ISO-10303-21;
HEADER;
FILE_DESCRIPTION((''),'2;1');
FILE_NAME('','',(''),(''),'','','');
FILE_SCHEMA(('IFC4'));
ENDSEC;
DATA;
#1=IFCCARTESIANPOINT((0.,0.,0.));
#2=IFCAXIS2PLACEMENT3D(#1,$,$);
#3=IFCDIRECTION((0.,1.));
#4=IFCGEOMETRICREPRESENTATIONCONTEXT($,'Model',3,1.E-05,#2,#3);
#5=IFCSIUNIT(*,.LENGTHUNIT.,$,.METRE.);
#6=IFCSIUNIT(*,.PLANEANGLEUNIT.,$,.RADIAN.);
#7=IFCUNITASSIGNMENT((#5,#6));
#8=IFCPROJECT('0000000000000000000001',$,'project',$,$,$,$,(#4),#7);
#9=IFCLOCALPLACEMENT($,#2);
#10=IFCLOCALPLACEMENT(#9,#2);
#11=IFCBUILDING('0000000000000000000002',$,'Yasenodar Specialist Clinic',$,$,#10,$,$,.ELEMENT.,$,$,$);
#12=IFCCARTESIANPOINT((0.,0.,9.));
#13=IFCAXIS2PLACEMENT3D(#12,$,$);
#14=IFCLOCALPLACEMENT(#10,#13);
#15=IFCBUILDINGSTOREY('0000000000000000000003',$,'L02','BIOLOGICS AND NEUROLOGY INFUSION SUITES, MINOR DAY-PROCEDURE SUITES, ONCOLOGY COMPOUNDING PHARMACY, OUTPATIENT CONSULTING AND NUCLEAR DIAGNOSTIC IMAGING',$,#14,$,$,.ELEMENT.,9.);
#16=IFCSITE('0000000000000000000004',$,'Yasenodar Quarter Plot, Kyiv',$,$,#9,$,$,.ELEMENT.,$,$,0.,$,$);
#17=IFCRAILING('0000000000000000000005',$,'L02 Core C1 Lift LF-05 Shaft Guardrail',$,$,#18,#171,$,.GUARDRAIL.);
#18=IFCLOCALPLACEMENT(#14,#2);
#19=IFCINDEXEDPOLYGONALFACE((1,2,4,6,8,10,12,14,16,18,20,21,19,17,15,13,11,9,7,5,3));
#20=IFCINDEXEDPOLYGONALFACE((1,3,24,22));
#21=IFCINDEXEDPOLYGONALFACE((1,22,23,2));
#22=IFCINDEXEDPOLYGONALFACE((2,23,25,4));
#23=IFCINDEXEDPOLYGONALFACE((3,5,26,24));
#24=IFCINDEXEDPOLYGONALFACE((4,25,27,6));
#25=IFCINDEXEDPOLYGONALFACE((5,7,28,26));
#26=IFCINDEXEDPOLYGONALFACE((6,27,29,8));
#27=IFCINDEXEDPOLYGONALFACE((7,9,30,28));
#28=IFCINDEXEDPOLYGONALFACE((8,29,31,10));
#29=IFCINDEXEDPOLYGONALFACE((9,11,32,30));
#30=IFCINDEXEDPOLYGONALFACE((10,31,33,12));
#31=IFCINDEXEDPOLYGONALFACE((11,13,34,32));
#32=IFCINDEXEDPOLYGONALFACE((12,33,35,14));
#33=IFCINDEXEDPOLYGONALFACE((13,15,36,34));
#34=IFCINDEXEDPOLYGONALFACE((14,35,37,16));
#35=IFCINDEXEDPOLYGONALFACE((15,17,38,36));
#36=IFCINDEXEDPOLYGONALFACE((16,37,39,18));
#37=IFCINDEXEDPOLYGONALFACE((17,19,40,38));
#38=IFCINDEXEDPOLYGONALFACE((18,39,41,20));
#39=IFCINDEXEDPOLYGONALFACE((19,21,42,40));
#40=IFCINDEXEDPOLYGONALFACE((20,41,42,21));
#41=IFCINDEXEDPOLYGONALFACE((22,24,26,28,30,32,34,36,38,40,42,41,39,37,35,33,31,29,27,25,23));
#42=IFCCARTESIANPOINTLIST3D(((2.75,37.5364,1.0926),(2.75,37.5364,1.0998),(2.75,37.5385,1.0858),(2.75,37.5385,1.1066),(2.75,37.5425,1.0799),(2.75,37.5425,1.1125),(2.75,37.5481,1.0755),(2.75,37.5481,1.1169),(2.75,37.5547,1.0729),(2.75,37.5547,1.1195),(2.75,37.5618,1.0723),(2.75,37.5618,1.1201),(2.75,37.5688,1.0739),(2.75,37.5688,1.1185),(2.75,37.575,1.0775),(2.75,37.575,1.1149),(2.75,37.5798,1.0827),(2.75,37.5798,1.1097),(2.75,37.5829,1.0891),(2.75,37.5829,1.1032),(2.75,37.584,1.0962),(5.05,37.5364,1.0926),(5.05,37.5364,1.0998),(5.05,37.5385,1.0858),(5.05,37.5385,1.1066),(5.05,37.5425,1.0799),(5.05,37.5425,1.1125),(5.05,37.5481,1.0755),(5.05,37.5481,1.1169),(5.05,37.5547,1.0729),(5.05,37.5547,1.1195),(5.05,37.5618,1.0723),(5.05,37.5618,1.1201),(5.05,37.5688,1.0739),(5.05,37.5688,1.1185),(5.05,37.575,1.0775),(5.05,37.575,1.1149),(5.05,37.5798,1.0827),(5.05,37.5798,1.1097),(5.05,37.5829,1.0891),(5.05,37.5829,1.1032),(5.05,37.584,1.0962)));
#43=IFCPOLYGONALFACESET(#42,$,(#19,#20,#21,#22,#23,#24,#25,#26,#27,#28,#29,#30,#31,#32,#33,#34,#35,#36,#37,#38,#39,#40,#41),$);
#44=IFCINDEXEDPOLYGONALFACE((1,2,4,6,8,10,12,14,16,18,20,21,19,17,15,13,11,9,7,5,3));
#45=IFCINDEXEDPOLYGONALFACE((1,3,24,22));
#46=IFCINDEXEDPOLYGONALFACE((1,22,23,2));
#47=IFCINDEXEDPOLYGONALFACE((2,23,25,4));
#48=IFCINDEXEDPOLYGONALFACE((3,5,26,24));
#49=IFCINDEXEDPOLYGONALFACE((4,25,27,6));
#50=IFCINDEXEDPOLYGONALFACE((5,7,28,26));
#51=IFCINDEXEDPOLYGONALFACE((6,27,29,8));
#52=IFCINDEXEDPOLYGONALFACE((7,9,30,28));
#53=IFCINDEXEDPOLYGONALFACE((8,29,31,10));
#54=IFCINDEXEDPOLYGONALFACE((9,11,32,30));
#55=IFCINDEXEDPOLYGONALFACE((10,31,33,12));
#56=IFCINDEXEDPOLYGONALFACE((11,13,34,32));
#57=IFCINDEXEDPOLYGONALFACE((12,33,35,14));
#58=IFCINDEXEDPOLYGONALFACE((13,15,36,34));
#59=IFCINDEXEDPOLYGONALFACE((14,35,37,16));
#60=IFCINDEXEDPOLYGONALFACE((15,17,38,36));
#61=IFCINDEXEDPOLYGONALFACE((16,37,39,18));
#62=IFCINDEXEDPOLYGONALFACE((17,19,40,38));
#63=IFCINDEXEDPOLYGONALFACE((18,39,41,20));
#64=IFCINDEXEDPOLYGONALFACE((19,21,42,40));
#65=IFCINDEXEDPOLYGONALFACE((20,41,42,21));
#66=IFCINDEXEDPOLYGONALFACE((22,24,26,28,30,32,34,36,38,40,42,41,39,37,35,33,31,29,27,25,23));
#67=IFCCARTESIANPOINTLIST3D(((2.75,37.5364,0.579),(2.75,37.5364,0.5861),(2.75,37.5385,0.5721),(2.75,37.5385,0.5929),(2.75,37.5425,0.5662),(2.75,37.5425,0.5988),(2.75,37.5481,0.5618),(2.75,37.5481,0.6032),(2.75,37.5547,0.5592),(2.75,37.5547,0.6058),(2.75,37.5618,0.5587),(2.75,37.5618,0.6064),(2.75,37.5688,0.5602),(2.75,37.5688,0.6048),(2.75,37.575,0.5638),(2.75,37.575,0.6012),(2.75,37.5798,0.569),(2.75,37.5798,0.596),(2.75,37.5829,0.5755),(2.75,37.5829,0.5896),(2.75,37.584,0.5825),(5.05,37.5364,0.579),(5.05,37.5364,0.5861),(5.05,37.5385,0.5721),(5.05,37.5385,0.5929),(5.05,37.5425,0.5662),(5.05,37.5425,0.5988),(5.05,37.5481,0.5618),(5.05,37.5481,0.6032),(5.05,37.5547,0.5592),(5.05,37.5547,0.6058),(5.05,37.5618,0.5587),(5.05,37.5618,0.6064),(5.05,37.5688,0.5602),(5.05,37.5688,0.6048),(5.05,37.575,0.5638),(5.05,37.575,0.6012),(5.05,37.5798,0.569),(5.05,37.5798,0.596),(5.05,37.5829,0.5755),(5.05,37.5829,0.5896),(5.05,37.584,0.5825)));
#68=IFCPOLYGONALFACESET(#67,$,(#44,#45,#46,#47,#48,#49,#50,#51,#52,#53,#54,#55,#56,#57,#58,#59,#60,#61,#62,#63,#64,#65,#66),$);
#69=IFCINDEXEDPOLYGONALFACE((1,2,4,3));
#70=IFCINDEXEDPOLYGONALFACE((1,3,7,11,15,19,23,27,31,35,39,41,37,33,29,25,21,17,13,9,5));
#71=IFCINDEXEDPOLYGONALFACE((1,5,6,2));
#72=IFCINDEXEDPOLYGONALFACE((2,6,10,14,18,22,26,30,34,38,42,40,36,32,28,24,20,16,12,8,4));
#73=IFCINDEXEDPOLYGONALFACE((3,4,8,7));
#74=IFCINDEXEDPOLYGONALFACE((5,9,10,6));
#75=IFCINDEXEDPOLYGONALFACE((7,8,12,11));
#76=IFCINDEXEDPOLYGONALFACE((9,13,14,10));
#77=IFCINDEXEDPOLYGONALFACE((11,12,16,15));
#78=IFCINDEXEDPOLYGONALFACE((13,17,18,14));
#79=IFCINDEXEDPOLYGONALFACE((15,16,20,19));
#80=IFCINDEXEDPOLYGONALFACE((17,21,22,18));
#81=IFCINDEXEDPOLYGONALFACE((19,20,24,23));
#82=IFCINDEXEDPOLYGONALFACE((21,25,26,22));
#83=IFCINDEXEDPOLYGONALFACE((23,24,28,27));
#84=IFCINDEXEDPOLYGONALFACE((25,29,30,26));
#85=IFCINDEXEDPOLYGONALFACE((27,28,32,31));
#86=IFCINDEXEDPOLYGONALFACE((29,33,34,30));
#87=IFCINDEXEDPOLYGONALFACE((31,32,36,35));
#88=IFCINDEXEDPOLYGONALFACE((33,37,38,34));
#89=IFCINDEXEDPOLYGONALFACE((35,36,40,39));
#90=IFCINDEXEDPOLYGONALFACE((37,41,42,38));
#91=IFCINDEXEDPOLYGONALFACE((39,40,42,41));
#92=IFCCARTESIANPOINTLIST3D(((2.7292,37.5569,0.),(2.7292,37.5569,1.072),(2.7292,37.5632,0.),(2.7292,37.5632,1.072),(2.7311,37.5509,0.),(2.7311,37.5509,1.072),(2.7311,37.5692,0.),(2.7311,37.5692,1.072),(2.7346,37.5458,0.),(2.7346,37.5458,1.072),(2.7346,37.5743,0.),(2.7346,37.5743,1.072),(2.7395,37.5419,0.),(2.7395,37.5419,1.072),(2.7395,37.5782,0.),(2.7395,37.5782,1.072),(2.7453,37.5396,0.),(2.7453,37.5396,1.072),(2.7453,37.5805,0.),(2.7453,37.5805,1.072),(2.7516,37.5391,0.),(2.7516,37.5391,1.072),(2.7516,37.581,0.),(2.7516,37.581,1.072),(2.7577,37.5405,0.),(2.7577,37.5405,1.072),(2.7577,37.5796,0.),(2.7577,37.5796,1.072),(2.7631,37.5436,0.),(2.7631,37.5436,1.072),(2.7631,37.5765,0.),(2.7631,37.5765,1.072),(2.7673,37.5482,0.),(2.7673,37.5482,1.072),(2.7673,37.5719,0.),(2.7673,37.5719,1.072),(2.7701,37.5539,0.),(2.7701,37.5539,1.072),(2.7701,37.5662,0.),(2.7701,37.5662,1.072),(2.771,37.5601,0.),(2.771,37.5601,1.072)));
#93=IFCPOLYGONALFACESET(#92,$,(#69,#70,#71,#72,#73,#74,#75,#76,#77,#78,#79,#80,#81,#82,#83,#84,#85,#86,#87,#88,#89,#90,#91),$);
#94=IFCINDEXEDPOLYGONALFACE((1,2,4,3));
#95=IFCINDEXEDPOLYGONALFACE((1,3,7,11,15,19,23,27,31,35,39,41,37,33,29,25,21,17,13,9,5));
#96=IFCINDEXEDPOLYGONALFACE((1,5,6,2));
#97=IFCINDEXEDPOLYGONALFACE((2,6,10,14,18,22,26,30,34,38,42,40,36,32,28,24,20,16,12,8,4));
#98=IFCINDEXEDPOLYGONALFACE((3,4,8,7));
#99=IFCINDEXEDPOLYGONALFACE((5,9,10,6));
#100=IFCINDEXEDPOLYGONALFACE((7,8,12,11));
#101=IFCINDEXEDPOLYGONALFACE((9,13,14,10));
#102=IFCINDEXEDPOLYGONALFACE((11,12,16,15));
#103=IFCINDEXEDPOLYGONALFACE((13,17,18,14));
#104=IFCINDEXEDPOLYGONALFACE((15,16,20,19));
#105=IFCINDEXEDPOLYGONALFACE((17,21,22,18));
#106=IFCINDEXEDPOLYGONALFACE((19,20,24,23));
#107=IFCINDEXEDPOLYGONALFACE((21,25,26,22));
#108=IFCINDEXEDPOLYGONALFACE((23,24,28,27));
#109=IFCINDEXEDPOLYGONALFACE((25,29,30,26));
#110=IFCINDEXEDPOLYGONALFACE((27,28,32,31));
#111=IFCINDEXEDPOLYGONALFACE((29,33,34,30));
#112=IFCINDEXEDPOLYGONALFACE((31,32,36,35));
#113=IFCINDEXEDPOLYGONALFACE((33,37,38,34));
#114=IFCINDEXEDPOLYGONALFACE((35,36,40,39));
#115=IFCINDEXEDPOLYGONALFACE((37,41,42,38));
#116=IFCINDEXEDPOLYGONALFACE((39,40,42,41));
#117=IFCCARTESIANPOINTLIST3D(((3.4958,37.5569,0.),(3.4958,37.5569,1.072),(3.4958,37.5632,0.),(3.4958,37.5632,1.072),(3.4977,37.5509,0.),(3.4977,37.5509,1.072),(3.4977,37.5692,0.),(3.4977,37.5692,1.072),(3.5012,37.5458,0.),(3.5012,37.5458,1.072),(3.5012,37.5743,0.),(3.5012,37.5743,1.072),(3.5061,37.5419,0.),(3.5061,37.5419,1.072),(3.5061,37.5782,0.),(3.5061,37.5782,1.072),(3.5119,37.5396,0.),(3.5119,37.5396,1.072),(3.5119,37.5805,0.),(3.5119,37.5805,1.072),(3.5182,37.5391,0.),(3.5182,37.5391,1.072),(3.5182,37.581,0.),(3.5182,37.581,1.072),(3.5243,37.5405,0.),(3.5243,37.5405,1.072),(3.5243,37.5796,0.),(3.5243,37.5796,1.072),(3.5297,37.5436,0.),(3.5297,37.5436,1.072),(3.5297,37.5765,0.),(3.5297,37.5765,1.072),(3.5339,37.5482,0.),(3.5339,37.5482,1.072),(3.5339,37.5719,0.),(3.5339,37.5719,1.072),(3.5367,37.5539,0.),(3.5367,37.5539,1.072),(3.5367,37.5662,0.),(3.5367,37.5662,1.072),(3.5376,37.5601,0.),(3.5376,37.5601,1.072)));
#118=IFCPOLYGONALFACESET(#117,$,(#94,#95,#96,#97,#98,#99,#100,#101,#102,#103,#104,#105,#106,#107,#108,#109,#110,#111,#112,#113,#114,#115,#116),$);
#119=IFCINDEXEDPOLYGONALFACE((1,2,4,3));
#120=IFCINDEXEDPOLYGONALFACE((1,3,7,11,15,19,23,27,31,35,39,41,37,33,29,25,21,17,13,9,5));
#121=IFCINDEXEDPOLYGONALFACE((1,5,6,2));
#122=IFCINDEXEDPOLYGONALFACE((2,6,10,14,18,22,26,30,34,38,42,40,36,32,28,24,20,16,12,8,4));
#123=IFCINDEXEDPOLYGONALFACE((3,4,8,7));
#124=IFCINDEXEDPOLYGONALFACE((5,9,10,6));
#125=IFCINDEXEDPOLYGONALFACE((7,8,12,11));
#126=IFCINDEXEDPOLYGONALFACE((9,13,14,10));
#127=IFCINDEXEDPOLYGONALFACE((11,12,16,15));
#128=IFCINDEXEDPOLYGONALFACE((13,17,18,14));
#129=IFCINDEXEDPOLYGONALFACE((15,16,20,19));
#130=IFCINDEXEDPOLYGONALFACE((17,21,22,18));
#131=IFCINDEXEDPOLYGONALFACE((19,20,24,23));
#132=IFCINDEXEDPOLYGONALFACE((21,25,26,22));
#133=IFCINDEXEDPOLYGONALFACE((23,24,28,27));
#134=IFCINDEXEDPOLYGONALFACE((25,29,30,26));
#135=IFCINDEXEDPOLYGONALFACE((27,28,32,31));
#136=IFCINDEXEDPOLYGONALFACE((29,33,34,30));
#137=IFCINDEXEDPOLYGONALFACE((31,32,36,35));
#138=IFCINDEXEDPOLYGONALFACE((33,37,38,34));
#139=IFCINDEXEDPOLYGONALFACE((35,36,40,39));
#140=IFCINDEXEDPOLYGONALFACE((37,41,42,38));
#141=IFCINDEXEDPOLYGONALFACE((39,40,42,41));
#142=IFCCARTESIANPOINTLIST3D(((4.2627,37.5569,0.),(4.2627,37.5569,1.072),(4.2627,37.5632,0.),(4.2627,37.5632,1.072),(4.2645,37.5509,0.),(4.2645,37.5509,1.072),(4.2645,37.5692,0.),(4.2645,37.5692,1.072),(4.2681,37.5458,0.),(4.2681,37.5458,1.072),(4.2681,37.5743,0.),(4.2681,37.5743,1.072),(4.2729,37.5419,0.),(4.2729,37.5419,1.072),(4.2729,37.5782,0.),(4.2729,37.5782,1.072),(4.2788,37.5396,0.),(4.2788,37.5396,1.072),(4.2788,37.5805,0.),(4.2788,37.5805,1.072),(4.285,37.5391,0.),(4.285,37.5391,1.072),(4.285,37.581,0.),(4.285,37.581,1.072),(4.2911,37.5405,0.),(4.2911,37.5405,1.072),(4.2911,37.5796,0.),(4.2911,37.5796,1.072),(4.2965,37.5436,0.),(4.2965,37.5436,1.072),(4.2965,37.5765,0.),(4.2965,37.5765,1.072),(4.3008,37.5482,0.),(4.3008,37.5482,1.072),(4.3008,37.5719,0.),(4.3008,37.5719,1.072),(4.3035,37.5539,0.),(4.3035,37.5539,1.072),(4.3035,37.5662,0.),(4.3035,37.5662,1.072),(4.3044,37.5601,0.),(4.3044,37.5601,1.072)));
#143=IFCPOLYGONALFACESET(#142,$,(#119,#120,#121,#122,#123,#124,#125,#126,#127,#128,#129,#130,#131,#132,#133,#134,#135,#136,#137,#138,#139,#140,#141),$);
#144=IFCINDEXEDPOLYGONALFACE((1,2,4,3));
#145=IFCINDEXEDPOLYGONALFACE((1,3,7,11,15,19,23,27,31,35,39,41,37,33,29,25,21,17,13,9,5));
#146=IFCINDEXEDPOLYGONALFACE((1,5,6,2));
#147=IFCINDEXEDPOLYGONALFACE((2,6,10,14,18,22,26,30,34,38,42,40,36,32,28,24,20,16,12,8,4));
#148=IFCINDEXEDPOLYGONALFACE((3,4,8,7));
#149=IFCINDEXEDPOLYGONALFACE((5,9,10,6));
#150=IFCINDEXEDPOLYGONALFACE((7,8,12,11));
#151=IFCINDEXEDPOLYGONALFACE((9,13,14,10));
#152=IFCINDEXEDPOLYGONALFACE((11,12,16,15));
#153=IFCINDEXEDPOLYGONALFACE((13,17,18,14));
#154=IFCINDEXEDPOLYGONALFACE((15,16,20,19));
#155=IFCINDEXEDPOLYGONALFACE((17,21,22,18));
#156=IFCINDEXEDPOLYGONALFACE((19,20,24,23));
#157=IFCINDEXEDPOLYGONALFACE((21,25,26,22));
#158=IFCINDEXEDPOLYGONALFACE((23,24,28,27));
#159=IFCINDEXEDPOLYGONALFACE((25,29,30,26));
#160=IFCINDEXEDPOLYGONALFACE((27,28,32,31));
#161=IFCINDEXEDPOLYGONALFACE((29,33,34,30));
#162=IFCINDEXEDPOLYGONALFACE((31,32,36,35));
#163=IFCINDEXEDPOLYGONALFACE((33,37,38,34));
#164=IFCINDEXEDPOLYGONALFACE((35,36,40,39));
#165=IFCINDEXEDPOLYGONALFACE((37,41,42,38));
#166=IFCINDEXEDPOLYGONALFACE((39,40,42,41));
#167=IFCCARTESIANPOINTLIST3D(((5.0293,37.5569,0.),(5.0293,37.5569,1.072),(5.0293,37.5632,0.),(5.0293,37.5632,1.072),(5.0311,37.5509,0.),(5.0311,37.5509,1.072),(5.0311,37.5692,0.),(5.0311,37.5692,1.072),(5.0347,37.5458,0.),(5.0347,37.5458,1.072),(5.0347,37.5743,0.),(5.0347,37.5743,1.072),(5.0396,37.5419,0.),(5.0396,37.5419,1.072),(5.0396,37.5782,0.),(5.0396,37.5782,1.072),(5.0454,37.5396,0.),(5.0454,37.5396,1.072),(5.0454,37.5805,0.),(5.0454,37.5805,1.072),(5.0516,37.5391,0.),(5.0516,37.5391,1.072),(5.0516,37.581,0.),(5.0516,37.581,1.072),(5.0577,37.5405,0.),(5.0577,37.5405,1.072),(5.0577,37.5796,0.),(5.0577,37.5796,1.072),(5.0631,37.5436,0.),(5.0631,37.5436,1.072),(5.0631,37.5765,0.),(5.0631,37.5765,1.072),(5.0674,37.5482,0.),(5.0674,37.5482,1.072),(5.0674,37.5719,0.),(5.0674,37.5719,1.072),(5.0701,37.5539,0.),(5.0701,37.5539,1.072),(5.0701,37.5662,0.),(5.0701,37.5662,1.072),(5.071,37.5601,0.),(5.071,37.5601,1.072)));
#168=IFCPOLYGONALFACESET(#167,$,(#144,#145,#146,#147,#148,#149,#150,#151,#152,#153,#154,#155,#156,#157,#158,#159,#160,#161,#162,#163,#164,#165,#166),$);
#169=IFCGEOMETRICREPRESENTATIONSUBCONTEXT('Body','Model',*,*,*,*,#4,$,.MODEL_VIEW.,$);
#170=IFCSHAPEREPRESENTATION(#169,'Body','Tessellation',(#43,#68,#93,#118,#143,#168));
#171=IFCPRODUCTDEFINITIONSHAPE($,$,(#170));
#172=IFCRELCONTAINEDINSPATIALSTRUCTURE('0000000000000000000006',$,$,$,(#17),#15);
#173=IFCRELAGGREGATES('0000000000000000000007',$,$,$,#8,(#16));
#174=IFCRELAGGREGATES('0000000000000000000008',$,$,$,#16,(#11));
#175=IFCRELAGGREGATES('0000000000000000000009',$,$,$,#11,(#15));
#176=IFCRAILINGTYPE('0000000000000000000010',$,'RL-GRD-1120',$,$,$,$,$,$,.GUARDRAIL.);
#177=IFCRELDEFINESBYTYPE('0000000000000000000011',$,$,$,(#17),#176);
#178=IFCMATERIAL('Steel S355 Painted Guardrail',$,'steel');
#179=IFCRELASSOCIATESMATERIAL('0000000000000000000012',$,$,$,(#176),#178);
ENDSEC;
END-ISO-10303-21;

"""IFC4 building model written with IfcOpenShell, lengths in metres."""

from ifc_helpers import new_model, si_unit, direction, frame, origin, origin_2d, place, context, subcontext, project, spatial, circle, extrude, material, type_object, element, save


model = new_model("IFC4")

# Units and contexts
model_context = context("Model", 3, precision=1e-05, world=origin(), true_north=direction((0.0, 1.0)))
body_context = subcontext(model_context, "Body", "Model", "MODEL_VIEW")
ifc_project = project(units=[si_unit("LENGTHUNIT", "METRE"), si_unit("PLANEANGLEUNIT", "RADIAN")], contexts=[model_context])

# Site, building, storey
site_placement = place(None, origin())
site = spatial("IfcSite", under=ifc_project, at=site_placement, Name="Yasenodar Quarter Plot, Kyiv", CompositionType="ELEMENT", RefElevation=0.0)
building_placement = place(site_placement, origin())
building = spatial("IfcBuilding", under=site, at=building_placement, Name="Yasenodar Specialist Clinic", CompositionType="ELEMENT")
storey_placement = place(building_placement, frame((0.0, 0.0, 9.0)))
storey = spatial("IfcBuildingStorey", under=building, at=storey_placement, Name="L02", Description="BIOLOGICS AND NEUROLOGY INFUSION SUITES, MINOR DAY-PROCEDURE SUITES, ONCOLOGY COMPOUNDING PHARMACY, OUTPATIENT CONSULTING AND NUCLEAR DIAGNOSTIC IMAGING", CompositionType="ELEMENT", Elevation=9.0)

# Railing
ifc_material_1 = material(Name="Steel S355 Painted Guardrail", Category="steel")
railing_type_1 = type_object("IfcRailingType", Name="RL-GRD-1120", PredefinedType="GUARDRAIL", material=ifc_material_1)
railing_1_placement = place(storey_placement, frame((2.75, 37.5601, 0.0)))
element("IfcRailing", 1, at=railing_1_placement, inside=storey, type_object=railing_type_1, Name="L02 Core C1 Lift LF-05 Shaft Guardrail", PredefinedType="GUARDRAIL", context=body_context, shape_type="SweptSolid", body=[
    extrude(circle(Radius=0.0239, at=origin_2d()), frame((0.0, 0.0, 1.0962), z_axis=(1.0, 0.0, 0.0), x_axis=(0.0, 1.0, 0.0)), (0.0, 0.0, 1.0), 2.3),
    extrude(circle(Radius=0.0239, at=origin_2d()), frame((0.0, 0.0, 0.5825), z_axis=(1.0, 0.0, 0.0), x_axis=(0.0, 1.0, 0.0)), (0.0, 0.0, 1.0), 2.3),
    extrude(circle(Radius=0.021, at=origin_2d()), origin(), (0.0, 0.0, 1.0), 1.072),
    extrude(circle(Radius=0.021, at=origin_2d()), frame((0.7666, 0.0, 0.0)), (0.0, 0.0, 1.0), 1.072),
    extrude(circle(Radius=0.021, at=origin_2d()), frame((1.5334, 0.0, 0.0)), (0.0, 0.0, 1.0), 1.072),
    extrude(circle(Radius=0.021, at=origin_2d()), frame((2.3, 0.0, 0.0)), (0.0, 0.0, 1.0), 1.072),
])

save(model, "model.ifc")
